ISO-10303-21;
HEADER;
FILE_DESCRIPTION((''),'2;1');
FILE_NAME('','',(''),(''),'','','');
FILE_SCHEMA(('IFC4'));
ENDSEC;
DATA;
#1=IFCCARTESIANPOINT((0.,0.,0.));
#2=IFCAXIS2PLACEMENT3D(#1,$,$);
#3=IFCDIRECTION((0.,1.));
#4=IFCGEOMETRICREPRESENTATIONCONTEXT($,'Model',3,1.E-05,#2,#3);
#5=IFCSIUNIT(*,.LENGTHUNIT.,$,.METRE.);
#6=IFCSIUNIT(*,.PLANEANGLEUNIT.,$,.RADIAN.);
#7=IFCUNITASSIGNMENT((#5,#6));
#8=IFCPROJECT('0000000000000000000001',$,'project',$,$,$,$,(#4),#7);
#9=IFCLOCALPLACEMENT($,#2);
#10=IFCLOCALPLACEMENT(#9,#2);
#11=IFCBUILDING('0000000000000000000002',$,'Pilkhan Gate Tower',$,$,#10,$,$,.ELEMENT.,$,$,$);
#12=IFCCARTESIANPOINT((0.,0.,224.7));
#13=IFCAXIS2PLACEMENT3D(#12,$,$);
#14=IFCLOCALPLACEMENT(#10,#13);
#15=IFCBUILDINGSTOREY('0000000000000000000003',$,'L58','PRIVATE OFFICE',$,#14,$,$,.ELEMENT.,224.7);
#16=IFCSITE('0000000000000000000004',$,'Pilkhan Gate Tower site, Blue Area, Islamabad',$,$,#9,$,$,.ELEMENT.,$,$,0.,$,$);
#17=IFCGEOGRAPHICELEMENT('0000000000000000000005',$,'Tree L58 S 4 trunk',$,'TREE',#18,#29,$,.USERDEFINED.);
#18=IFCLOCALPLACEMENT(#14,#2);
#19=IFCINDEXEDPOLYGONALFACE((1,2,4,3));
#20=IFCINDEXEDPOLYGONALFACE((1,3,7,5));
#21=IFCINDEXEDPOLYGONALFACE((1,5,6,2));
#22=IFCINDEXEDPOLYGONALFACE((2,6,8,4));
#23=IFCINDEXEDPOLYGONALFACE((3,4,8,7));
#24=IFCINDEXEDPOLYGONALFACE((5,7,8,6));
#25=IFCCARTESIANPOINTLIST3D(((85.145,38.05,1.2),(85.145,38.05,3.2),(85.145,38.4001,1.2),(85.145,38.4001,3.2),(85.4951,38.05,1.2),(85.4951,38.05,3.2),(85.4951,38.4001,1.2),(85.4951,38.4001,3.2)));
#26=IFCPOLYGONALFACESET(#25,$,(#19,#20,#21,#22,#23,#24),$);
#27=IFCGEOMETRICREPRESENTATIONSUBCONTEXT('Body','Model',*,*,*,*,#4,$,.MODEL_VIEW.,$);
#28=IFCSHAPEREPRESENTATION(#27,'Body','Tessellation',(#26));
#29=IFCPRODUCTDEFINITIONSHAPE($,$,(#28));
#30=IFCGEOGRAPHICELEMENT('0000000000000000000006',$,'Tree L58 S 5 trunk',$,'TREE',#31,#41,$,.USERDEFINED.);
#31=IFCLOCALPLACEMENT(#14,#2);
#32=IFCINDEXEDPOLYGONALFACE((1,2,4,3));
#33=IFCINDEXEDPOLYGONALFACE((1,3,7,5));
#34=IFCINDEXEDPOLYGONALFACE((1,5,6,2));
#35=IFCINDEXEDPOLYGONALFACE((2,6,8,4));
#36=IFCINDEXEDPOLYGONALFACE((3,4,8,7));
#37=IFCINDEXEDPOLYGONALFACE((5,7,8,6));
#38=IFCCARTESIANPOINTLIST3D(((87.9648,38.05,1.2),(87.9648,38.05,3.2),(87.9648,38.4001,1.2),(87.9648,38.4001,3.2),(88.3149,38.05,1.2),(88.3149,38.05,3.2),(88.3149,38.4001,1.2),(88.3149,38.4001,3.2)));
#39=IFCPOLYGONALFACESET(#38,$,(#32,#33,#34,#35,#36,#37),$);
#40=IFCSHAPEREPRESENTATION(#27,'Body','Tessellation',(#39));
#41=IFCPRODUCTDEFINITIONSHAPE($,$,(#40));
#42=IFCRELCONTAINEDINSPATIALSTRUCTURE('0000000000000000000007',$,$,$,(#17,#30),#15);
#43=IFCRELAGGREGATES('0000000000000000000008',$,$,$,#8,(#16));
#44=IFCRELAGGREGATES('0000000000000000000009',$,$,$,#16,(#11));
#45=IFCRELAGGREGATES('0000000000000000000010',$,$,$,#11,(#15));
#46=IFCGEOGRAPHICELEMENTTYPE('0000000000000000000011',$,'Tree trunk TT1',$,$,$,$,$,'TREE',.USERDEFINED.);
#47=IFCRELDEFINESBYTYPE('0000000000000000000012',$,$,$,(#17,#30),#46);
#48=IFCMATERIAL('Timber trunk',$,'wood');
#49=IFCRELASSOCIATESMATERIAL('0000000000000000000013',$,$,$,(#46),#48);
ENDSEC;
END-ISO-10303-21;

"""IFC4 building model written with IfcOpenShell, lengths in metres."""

from ifc_helpers import new_model, si_unit, direction, frame, origin, origin_2d, place, context, subcontext, project, spatial, rectangle, extrude, material, type_object, element, save


model = new_model("IFC4")

# Units and contexts
model_context = context("Model", 3, precision=1e-05, world=origin(), true_north=direction((0.0, 1.0)))
body_context = subcontext(model_context, "Body", "Model", "MODEL_VIEW")
ifc_project = project(units=[si_unit("LENGTHUNIT", "METRE"), si_unit("PLANEANGLEUNIT", "RADIAN")], contexts=[model_context])

# Site, building, storey
site_placement = place(None, origin())
site = spatial("IfcSite", under=ifc_project, at=site_placement, Name="Pilkhan Gate Tower site, Blue Area, Islamabad", CompositionType="ELEMENT", RefElevation=0.0)
building_placement = place(site_placement, origin())
building = spatial("IfcBuilding", under=site, at=building_placement, Name="Pilkhan Gate Tower", CompositionType="ELEMENT")
storey_placement = place(building_placement, frame((0.0, 0.0, 224.7)))
storey = spatial("IfcBuildingStorey", under=building, at=storey_placement, Name="L58", Description="PRIVATE OFFICE", CompositionType="ELEMENT", Elevation=224.7)

# Geographic elements
ifc_material_1 = material(Name="Timber trunk", Category="wood")
geographic_element_type_1 = type_object("IfcGeographicElementType", Name="Tree trunk TT1", ElementType="TREE", PredefinedType="USERDEFINED", material=ifc_material_1)
for number, where, z_axis, x_axis, name in (
    (1, (85.3201, 38.2251, 1.2), (0.0, 0.0, 1.0), (1.0, 0.0, 0.0), "Tree L58 S 4 trunk"),
    (2, (88.1399, 38.2251, 1.2), (0.0, 0.0, 1.0), (1.0, 0.0, 0.0), "Tree L58 S 5 trunk"),
):
    element("IfcGeographicElement", number, at=place(storey_placement, frame(where, z_axis=z_axis, x_axis=x_axis)), inside=storey, type_object=geographic_element_type_1, Name=name, ObjectType="TREE", PredefinedType="USERDEFINED", context=body_context, shape_type="SweptSolid", body=[
        extrude(rectangle(XDim=0.3501, YDim=0.3501, at=origin_2d()), origin(), (0.0, 0.0, 1.0), 2.0),
    ])

save(model, "model.ifc")
